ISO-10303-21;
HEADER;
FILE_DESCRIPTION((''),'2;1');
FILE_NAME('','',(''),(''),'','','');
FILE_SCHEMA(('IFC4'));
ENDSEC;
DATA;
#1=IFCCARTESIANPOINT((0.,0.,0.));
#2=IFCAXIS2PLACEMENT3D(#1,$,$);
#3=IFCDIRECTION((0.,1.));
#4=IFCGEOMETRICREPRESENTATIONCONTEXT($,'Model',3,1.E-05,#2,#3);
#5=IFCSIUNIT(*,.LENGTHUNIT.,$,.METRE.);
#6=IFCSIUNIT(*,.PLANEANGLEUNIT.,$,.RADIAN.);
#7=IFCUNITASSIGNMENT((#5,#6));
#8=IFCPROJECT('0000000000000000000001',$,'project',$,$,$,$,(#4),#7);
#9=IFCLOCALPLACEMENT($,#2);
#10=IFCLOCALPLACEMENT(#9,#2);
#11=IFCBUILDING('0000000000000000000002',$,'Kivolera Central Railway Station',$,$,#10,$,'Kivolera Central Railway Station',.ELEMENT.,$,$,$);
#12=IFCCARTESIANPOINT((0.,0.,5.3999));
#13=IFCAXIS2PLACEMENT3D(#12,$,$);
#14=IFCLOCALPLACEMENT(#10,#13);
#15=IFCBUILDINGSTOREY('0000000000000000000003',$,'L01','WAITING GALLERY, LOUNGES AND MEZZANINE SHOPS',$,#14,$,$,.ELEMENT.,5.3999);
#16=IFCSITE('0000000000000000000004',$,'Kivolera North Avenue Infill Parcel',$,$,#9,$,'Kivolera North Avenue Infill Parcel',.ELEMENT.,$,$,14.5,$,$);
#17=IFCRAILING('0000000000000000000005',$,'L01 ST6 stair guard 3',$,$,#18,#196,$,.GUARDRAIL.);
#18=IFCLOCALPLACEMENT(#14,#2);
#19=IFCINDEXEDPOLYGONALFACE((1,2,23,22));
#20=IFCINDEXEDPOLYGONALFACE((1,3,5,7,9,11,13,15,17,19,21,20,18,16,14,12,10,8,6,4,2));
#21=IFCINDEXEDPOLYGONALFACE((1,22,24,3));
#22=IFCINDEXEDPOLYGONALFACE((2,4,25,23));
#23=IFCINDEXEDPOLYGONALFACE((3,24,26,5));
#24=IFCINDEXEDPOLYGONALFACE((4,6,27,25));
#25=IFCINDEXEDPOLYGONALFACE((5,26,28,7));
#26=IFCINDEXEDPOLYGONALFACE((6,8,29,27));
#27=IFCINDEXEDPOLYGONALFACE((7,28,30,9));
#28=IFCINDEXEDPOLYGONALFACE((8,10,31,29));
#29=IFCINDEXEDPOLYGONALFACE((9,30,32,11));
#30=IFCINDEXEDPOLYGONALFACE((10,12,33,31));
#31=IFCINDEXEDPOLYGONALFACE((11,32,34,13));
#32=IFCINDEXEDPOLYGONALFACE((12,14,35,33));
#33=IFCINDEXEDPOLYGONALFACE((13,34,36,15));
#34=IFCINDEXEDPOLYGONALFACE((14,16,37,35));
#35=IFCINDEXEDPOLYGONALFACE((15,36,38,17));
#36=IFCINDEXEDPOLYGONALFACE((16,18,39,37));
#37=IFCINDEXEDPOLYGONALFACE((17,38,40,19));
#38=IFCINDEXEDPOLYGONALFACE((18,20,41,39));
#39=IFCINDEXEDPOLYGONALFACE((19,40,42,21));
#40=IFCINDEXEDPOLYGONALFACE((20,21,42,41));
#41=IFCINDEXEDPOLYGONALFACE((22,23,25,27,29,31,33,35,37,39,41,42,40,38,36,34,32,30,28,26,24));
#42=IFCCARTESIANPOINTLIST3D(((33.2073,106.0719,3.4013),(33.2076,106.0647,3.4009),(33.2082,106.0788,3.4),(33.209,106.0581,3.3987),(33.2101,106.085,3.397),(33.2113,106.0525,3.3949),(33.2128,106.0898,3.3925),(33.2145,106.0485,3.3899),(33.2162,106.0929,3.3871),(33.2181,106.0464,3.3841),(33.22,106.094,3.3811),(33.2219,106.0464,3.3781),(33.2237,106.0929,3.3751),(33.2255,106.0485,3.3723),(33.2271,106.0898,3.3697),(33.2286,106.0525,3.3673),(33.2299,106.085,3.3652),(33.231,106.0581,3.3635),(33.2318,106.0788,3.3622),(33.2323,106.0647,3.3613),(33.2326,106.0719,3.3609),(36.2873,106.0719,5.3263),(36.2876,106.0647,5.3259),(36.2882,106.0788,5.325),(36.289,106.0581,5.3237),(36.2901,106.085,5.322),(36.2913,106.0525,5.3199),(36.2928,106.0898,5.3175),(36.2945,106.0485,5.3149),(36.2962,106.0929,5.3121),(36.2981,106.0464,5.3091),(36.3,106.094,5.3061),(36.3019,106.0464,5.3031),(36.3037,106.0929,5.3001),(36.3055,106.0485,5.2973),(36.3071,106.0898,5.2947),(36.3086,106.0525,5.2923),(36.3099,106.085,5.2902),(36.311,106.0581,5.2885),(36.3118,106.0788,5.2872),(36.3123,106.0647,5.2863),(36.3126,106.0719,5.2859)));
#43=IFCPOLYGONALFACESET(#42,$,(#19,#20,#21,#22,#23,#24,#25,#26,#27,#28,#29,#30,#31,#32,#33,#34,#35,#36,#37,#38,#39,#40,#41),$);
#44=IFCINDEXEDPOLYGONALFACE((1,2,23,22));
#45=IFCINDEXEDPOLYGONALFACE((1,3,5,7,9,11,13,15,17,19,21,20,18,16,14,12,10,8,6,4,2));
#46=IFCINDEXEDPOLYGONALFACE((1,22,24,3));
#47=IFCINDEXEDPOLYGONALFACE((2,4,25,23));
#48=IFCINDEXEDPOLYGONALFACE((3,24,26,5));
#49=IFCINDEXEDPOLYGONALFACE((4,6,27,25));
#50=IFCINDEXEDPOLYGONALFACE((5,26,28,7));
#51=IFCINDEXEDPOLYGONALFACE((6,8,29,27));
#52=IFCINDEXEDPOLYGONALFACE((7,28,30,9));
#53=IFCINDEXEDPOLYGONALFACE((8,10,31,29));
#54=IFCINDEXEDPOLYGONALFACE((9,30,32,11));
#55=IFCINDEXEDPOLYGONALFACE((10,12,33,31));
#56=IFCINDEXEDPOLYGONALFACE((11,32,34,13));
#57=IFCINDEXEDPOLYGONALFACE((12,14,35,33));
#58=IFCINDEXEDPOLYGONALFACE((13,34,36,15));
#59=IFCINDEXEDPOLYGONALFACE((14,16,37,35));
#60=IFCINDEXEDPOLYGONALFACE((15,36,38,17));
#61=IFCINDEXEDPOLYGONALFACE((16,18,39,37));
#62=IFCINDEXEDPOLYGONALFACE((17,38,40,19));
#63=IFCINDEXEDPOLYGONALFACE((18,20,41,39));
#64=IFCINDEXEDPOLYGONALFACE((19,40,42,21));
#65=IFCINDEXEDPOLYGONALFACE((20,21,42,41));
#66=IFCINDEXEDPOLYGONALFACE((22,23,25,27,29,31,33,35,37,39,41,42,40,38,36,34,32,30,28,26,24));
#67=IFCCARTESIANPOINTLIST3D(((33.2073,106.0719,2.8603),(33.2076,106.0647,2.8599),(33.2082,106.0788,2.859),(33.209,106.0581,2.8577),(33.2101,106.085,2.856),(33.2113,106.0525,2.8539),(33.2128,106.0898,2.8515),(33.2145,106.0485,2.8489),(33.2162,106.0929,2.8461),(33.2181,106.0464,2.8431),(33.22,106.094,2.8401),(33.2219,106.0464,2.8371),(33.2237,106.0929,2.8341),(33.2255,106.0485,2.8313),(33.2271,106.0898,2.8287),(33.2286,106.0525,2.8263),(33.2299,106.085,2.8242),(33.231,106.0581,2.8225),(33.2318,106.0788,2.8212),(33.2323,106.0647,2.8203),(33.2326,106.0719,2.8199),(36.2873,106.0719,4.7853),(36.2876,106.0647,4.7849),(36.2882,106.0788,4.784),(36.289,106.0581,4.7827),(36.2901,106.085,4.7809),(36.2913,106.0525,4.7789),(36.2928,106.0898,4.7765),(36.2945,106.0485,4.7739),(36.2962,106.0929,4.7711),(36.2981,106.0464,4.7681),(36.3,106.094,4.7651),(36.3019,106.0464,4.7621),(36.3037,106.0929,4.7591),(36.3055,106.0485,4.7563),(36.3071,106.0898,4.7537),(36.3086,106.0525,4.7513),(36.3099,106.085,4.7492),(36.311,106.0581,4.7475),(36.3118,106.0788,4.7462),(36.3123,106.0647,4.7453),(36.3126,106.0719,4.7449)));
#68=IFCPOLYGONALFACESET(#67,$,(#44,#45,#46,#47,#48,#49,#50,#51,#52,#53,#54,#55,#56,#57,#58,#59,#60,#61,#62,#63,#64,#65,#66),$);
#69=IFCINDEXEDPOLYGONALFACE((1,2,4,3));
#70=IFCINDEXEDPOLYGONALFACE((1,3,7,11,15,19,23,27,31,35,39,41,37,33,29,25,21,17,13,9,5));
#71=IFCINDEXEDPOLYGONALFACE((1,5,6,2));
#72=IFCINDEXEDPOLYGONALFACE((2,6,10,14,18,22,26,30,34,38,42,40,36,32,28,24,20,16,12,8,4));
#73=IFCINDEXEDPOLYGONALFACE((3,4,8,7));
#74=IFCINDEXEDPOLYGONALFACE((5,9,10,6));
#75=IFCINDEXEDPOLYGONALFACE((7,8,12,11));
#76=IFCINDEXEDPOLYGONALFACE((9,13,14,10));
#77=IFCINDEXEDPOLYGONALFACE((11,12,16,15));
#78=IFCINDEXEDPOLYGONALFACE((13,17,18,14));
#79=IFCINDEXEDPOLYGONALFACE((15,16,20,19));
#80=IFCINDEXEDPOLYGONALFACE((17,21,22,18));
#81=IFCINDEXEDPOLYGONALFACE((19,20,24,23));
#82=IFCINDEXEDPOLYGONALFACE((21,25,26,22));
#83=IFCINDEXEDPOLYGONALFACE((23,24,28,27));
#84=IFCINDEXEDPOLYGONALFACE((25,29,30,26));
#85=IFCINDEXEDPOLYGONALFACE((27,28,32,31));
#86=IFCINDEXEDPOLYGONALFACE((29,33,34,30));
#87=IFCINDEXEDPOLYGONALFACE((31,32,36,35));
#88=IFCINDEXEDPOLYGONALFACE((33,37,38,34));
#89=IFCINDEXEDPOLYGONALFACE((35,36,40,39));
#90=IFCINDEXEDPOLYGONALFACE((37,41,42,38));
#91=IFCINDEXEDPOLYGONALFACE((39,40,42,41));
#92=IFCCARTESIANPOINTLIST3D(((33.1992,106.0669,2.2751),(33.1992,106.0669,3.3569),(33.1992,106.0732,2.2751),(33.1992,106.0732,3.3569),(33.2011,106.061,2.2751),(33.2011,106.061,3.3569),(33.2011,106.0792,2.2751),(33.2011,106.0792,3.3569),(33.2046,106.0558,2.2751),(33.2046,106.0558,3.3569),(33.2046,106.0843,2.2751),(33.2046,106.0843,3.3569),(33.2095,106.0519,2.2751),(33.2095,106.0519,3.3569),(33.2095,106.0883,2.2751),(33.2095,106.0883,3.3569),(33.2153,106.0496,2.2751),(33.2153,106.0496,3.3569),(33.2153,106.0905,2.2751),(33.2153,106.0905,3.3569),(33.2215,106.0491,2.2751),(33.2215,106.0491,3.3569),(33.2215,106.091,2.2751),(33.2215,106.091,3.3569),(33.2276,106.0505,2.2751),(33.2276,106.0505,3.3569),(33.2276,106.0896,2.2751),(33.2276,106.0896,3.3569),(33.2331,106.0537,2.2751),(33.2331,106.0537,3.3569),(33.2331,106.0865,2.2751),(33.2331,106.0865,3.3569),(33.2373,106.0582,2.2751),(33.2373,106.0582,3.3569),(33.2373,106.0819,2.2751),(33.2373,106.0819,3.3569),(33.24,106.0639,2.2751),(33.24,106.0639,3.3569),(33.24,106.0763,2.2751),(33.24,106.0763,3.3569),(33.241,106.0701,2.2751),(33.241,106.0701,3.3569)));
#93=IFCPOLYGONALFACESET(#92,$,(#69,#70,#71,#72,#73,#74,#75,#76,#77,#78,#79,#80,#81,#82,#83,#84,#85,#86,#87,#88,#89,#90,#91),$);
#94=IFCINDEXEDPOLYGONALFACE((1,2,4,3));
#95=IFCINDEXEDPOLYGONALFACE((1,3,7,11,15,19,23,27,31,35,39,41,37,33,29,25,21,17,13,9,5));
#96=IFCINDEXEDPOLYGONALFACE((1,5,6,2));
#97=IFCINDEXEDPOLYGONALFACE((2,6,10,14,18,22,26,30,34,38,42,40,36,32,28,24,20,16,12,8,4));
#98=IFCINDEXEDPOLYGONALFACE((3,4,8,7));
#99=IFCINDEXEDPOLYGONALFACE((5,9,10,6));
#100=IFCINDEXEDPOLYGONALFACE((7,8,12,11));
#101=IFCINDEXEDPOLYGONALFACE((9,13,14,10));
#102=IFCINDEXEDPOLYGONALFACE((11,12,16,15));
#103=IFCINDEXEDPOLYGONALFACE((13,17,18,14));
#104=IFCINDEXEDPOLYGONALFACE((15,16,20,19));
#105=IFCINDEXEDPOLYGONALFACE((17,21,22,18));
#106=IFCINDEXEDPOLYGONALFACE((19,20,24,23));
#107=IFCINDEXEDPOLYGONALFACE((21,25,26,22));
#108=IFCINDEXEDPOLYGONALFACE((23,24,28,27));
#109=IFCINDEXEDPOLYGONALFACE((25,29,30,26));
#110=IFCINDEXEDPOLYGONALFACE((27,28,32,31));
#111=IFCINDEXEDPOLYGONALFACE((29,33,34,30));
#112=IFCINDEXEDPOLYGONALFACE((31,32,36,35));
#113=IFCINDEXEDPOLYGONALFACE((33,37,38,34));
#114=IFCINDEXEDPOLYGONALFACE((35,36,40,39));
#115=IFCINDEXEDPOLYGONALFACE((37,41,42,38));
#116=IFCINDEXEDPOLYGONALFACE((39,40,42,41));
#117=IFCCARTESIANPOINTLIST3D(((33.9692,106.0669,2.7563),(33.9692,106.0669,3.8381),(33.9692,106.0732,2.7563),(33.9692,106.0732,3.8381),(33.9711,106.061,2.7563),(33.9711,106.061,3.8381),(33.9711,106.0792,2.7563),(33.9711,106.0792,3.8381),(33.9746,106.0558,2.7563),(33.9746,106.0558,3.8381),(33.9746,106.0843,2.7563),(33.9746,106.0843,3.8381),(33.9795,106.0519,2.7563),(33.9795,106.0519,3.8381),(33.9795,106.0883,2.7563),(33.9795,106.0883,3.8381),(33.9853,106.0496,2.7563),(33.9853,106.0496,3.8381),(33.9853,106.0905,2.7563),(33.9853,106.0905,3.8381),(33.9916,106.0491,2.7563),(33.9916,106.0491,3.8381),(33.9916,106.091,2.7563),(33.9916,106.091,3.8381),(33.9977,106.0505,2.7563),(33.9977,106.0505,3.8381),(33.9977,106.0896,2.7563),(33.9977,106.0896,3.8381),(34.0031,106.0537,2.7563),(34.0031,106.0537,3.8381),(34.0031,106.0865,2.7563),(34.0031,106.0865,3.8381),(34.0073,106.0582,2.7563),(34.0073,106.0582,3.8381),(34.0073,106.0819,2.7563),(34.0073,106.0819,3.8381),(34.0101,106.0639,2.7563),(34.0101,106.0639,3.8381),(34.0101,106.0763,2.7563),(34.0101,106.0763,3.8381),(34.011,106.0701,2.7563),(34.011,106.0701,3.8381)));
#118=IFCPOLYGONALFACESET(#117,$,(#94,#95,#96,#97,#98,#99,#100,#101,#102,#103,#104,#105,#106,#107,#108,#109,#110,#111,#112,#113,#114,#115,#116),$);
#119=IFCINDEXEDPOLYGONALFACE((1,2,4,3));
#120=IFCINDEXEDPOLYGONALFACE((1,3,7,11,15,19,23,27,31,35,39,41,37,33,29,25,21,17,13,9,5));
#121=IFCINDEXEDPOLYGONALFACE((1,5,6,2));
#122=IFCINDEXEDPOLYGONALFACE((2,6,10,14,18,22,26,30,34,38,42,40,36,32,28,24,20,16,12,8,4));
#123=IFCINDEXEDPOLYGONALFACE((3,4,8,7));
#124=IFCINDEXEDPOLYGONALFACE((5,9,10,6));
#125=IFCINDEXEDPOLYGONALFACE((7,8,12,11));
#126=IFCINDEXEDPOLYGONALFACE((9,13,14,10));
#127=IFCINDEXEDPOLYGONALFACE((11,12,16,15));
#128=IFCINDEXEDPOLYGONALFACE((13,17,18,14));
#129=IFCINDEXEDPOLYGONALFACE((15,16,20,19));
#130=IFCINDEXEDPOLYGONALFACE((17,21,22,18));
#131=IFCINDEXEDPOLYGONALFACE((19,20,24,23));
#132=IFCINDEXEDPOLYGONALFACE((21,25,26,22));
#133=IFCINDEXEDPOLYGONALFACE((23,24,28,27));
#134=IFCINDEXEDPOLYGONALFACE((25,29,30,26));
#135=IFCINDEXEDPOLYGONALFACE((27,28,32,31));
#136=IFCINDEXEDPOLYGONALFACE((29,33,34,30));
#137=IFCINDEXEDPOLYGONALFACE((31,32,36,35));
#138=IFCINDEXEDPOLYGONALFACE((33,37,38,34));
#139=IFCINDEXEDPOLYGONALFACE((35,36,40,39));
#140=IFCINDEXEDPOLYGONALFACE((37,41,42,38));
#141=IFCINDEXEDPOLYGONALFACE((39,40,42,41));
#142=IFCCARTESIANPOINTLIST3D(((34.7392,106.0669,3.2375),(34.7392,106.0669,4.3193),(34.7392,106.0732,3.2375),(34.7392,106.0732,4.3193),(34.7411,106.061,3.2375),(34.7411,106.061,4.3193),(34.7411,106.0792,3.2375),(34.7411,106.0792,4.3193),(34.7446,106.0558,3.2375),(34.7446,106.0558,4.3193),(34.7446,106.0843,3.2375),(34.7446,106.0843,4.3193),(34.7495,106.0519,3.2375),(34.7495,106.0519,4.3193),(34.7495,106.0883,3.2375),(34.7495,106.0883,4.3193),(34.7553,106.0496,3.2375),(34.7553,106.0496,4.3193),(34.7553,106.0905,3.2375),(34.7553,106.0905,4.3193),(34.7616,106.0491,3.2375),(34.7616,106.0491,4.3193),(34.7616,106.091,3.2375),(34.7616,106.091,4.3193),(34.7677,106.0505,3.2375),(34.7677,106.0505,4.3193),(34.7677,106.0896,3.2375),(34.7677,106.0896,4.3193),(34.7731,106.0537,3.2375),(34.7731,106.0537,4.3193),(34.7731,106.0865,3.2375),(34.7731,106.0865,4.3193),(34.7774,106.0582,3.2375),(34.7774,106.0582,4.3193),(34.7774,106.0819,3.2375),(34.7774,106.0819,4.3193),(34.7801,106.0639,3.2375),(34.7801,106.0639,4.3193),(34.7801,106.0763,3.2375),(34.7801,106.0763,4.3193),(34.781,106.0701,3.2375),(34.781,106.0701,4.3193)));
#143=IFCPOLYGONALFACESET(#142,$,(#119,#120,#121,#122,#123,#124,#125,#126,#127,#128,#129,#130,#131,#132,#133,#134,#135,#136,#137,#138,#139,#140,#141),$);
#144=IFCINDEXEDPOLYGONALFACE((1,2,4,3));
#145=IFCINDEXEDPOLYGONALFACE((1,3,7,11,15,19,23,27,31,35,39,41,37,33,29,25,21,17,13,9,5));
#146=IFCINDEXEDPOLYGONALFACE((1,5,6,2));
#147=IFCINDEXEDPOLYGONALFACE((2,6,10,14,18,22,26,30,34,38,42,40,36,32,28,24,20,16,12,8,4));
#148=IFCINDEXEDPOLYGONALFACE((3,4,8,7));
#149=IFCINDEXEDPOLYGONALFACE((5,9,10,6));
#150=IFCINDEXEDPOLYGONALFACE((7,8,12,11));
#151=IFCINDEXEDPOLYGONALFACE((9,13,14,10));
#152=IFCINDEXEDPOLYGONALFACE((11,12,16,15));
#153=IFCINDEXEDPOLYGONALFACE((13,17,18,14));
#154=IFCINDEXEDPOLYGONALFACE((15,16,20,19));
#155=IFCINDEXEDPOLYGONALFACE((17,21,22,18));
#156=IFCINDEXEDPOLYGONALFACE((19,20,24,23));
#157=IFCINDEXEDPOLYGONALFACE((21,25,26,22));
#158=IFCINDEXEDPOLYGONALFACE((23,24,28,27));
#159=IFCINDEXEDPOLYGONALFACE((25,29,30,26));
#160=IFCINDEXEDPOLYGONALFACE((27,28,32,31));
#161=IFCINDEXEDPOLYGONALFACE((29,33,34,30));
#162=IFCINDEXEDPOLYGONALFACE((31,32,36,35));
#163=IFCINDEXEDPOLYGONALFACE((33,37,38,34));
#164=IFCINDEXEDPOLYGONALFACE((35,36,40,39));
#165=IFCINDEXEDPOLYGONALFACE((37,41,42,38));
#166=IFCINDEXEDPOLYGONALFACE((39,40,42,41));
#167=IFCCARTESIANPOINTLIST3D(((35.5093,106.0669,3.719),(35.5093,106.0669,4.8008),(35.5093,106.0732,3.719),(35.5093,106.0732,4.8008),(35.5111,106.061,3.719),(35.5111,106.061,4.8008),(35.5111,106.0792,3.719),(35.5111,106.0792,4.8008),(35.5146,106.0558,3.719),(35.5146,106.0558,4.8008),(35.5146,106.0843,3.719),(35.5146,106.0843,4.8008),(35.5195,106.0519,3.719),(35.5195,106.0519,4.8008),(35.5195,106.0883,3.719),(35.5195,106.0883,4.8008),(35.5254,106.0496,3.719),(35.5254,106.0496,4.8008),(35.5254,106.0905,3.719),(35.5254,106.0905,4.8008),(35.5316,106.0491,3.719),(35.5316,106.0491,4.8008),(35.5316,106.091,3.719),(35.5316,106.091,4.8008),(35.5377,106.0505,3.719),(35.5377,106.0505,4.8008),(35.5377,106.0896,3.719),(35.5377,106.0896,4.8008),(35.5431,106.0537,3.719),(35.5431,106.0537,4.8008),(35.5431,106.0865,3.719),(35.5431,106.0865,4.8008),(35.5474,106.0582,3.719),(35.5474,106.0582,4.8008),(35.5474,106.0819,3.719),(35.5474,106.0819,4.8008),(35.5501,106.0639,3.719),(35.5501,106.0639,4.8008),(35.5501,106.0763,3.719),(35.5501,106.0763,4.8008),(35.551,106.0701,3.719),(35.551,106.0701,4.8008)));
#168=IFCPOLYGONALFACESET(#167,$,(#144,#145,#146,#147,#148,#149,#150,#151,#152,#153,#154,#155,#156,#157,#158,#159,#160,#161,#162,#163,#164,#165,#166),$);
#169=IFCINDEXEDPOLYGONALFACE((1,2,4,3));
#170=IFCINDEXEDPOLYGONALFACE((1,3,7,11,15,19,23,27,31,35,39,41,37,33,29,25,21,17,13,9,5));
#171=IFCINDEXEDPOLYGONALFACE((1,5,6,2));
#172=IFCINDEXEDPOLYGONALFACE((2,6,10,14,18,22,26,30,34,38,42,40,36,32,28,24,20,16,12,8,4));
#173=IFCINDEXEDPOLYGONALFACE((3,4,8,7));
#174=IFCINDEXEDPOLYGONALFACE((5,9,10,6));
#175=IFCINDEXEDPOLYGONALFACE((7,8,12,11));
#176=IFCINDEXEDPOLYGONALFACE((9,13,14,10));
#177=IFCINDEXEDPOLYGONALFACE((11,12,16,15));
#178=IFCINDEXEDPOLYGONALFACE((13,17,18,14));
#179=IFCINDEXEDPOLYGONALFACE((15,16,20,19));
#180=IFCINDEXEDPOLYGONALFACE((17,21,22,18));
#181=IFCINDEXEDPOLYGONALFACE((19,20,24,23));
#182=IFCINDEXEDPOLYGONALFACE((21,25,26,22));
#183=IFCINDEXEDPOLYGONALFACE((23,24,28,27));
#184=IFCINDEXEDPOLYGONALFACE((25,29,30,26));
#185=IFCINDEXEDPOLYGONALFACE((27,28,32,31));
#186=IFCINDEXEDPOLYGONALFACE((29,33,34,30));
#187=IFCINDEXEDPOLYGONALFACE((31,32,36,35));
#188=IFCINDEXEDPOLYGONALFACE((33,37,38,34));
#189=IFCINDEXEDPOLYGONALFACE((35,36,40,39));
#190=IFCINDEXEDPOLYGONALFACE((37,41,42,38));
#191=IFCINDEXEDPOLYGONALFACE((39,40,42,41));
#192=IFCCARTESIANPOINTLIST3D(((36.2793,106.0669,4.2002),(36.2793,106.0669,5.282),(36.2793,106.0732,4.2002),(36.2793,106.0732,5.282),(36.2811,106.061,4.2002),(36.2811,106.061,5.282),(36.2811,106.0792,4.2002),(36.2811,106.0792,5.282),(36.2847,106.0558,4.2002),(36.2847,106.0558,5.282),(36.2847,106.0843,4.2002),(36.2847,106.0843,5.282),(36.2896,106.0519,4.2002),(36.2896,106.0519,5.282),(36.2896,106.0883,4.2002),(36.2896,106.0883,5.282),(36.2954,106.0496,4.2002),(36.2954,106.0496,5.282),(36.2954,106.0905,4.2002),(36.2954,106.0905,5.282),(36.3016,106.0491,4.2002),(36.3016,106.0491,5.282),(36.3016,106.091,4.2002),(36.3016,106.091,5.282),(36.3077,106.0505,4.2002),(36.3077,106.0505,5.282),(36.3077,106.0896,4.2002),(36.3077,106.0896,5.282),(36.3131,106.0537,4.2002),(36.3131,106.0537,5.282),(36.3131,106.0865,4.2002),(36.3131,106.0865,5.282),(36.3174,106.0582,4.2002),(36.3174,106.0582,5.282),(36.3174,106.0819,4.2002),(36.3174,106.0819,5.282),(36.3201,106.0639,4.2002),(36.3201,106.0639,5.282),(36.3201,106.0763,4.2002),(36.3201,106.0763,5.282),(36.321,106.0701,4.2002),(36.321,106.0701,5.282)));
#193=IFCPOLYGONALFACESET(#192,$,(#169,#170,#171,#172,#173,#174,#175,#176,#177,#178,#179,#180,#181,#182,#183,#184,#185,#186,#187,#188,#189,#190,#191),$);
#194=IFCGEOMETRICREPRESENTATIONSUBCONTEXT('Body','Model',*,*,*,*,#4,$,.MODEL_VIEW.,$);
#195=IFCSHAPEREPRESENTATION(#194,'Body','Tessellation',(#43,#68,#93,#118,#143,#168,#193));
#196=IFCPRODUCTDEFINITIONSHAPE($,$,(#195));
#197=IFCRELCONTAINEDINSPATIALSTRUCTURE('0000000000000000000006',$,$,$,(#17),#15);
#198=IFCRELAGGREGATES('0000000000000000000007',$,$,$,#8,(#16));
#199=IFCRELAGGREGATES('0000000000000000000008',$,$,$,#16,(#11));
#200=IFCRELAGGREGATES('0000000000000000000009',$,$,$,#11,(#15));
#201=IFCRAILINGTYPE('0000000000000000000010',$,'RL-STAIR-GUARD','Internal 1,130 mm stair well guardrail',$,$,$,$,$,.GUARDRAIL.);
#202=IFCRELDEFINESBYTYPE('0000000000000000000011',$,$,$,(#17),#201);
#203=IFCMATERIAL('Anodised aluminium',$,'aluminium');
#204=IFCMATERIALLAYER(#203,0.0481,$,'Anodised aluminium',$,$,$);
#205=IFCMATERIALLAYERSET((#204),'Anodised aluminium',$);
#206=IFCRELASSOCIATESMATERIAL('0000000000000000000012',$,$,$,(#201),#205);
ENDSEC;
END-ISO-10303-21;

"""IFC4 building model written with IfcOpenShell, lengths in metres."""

from ifc_helpers import new_model, si_unit, direction, frame, origin, origin_2d, place, context, subcontext, project, spatial, circle, extrude, material, layer, layer_set, type_object, element, save


model = new_model("IFC4")

# Units and contexts
model_context = context("Model", 3, precision=1e-05, world=origin(), true_north=direction((0.0, 1.0)))
body_context = subcontext(model_context, "Body", "Model", "MODEL_VIEW")
ifc_project = project(units=[si_unit("LENGTHUNIT", "METRE"), si_unit("PLANEANGLEUNIT", "RADIAN")], contexts=[model_context])

# Site, building, storey
site_placement = place(None, origin())
site = spatial("IfcSite", under=ifc_project, at=site_placement, Name="Kivolera North Avenue Infill Parcel", LongName="Kivolera North Avenue Infill Parcel", CompositionType="ELEMENT", RefElevation=14.5)
building_placement = place(site_placement, origin())
building = spatial("IfcBuilding", under=site, at=building_placement, Name="Kivolera Central Railway Station", LongName="Kivolera Central Railway Station", CompositionType="ELEMENT")
storey_placement = place(building_placement, frame((0.0, 0.0, 5.3999)))
storey = spatial("IfcBuildingStorey", under=building, at=storey_placement, Name="L01", Description="WAITING GALLERY, LOUNGES AND MEZZANINE SHOPS", CompositionType="ELEMENT", Elevation=5.3999)

# Shared definitions
ifc_material_1 = material(Name="Anodised aluminium", Category="aluminium")

# Railing
ifc_layer_1 = layer(ifc_material_1, 0.0481, Name="Anodised aluminium")
ifc_layer_set_1 = layer_set([ifc_layer_1], Name="Anodised aluminium")
railing_type_1 = type_object("IfcRailingType", Name="RL-STAIR-GUARD", Description="Internal 1,130 mm stair well guardrail", PredefinedType="GUARDRAIL", material=ifc_layer_set_1)
railing_1_placement = place(storey_placement, frame((33.22, 106.0701, 2.2751)))
element("IfcRailing", 1, at=railing_1_placement, inside=storey, type_object=railing_type_1, Name="L01 ST6 stair guard 3", PredefinedType="GUARDRAIL", context=body_context, shape_type="SweptSolid", body=[
    extrude(circle(Radius=0.0239, at=origin_2d()), frame((0.0, 0.0, 1.106), z_axis=(0.847998, 0.0, 0.529999), x_axis=(0.0, 1.0, 0.0)), (0.0, 0.0, 1.0), 3.6321),
    extrude(circle(Radius=0.0239, at=origin_2d()), frame((0.0, 0.0, 0.5649), z_axis=(0.847998, 0.0, 0.529999), x_axis=(0.0, 1.0, 0.0)), (0.0, 0.0, 1.0), 3.6321),
    extrude(circle(Radius=0.021, at=origin_2d()), origin(), (0.0, 0.0, 1.0), 1.0818),
    extrude(circle(Radius=0.021, at=origin_2d()), frame((0.77, 0.0, 0.4812)), (0.0, 0.0, 1.0), 1.0818),
    extrude(circle(Radius=0.021, at=origin_2d()), frame((1.54, 0.0, 0.9624)), (0.0, 0.0, 1.0), 1.0818),
    extrude(circle(Radius=0.021, at=origin_2d()), frame((2.3101, 0.0, 1.4438)), (0.0, 0.0, 1.0), 1.0818),
    extrude(circle(Radius=0.021, at=origin_2d()), frame((3.0801, 0.0, 1.925)), (0.0, 0.0, 1.0), 1.0818),
])

save(model, "model.ifc")
